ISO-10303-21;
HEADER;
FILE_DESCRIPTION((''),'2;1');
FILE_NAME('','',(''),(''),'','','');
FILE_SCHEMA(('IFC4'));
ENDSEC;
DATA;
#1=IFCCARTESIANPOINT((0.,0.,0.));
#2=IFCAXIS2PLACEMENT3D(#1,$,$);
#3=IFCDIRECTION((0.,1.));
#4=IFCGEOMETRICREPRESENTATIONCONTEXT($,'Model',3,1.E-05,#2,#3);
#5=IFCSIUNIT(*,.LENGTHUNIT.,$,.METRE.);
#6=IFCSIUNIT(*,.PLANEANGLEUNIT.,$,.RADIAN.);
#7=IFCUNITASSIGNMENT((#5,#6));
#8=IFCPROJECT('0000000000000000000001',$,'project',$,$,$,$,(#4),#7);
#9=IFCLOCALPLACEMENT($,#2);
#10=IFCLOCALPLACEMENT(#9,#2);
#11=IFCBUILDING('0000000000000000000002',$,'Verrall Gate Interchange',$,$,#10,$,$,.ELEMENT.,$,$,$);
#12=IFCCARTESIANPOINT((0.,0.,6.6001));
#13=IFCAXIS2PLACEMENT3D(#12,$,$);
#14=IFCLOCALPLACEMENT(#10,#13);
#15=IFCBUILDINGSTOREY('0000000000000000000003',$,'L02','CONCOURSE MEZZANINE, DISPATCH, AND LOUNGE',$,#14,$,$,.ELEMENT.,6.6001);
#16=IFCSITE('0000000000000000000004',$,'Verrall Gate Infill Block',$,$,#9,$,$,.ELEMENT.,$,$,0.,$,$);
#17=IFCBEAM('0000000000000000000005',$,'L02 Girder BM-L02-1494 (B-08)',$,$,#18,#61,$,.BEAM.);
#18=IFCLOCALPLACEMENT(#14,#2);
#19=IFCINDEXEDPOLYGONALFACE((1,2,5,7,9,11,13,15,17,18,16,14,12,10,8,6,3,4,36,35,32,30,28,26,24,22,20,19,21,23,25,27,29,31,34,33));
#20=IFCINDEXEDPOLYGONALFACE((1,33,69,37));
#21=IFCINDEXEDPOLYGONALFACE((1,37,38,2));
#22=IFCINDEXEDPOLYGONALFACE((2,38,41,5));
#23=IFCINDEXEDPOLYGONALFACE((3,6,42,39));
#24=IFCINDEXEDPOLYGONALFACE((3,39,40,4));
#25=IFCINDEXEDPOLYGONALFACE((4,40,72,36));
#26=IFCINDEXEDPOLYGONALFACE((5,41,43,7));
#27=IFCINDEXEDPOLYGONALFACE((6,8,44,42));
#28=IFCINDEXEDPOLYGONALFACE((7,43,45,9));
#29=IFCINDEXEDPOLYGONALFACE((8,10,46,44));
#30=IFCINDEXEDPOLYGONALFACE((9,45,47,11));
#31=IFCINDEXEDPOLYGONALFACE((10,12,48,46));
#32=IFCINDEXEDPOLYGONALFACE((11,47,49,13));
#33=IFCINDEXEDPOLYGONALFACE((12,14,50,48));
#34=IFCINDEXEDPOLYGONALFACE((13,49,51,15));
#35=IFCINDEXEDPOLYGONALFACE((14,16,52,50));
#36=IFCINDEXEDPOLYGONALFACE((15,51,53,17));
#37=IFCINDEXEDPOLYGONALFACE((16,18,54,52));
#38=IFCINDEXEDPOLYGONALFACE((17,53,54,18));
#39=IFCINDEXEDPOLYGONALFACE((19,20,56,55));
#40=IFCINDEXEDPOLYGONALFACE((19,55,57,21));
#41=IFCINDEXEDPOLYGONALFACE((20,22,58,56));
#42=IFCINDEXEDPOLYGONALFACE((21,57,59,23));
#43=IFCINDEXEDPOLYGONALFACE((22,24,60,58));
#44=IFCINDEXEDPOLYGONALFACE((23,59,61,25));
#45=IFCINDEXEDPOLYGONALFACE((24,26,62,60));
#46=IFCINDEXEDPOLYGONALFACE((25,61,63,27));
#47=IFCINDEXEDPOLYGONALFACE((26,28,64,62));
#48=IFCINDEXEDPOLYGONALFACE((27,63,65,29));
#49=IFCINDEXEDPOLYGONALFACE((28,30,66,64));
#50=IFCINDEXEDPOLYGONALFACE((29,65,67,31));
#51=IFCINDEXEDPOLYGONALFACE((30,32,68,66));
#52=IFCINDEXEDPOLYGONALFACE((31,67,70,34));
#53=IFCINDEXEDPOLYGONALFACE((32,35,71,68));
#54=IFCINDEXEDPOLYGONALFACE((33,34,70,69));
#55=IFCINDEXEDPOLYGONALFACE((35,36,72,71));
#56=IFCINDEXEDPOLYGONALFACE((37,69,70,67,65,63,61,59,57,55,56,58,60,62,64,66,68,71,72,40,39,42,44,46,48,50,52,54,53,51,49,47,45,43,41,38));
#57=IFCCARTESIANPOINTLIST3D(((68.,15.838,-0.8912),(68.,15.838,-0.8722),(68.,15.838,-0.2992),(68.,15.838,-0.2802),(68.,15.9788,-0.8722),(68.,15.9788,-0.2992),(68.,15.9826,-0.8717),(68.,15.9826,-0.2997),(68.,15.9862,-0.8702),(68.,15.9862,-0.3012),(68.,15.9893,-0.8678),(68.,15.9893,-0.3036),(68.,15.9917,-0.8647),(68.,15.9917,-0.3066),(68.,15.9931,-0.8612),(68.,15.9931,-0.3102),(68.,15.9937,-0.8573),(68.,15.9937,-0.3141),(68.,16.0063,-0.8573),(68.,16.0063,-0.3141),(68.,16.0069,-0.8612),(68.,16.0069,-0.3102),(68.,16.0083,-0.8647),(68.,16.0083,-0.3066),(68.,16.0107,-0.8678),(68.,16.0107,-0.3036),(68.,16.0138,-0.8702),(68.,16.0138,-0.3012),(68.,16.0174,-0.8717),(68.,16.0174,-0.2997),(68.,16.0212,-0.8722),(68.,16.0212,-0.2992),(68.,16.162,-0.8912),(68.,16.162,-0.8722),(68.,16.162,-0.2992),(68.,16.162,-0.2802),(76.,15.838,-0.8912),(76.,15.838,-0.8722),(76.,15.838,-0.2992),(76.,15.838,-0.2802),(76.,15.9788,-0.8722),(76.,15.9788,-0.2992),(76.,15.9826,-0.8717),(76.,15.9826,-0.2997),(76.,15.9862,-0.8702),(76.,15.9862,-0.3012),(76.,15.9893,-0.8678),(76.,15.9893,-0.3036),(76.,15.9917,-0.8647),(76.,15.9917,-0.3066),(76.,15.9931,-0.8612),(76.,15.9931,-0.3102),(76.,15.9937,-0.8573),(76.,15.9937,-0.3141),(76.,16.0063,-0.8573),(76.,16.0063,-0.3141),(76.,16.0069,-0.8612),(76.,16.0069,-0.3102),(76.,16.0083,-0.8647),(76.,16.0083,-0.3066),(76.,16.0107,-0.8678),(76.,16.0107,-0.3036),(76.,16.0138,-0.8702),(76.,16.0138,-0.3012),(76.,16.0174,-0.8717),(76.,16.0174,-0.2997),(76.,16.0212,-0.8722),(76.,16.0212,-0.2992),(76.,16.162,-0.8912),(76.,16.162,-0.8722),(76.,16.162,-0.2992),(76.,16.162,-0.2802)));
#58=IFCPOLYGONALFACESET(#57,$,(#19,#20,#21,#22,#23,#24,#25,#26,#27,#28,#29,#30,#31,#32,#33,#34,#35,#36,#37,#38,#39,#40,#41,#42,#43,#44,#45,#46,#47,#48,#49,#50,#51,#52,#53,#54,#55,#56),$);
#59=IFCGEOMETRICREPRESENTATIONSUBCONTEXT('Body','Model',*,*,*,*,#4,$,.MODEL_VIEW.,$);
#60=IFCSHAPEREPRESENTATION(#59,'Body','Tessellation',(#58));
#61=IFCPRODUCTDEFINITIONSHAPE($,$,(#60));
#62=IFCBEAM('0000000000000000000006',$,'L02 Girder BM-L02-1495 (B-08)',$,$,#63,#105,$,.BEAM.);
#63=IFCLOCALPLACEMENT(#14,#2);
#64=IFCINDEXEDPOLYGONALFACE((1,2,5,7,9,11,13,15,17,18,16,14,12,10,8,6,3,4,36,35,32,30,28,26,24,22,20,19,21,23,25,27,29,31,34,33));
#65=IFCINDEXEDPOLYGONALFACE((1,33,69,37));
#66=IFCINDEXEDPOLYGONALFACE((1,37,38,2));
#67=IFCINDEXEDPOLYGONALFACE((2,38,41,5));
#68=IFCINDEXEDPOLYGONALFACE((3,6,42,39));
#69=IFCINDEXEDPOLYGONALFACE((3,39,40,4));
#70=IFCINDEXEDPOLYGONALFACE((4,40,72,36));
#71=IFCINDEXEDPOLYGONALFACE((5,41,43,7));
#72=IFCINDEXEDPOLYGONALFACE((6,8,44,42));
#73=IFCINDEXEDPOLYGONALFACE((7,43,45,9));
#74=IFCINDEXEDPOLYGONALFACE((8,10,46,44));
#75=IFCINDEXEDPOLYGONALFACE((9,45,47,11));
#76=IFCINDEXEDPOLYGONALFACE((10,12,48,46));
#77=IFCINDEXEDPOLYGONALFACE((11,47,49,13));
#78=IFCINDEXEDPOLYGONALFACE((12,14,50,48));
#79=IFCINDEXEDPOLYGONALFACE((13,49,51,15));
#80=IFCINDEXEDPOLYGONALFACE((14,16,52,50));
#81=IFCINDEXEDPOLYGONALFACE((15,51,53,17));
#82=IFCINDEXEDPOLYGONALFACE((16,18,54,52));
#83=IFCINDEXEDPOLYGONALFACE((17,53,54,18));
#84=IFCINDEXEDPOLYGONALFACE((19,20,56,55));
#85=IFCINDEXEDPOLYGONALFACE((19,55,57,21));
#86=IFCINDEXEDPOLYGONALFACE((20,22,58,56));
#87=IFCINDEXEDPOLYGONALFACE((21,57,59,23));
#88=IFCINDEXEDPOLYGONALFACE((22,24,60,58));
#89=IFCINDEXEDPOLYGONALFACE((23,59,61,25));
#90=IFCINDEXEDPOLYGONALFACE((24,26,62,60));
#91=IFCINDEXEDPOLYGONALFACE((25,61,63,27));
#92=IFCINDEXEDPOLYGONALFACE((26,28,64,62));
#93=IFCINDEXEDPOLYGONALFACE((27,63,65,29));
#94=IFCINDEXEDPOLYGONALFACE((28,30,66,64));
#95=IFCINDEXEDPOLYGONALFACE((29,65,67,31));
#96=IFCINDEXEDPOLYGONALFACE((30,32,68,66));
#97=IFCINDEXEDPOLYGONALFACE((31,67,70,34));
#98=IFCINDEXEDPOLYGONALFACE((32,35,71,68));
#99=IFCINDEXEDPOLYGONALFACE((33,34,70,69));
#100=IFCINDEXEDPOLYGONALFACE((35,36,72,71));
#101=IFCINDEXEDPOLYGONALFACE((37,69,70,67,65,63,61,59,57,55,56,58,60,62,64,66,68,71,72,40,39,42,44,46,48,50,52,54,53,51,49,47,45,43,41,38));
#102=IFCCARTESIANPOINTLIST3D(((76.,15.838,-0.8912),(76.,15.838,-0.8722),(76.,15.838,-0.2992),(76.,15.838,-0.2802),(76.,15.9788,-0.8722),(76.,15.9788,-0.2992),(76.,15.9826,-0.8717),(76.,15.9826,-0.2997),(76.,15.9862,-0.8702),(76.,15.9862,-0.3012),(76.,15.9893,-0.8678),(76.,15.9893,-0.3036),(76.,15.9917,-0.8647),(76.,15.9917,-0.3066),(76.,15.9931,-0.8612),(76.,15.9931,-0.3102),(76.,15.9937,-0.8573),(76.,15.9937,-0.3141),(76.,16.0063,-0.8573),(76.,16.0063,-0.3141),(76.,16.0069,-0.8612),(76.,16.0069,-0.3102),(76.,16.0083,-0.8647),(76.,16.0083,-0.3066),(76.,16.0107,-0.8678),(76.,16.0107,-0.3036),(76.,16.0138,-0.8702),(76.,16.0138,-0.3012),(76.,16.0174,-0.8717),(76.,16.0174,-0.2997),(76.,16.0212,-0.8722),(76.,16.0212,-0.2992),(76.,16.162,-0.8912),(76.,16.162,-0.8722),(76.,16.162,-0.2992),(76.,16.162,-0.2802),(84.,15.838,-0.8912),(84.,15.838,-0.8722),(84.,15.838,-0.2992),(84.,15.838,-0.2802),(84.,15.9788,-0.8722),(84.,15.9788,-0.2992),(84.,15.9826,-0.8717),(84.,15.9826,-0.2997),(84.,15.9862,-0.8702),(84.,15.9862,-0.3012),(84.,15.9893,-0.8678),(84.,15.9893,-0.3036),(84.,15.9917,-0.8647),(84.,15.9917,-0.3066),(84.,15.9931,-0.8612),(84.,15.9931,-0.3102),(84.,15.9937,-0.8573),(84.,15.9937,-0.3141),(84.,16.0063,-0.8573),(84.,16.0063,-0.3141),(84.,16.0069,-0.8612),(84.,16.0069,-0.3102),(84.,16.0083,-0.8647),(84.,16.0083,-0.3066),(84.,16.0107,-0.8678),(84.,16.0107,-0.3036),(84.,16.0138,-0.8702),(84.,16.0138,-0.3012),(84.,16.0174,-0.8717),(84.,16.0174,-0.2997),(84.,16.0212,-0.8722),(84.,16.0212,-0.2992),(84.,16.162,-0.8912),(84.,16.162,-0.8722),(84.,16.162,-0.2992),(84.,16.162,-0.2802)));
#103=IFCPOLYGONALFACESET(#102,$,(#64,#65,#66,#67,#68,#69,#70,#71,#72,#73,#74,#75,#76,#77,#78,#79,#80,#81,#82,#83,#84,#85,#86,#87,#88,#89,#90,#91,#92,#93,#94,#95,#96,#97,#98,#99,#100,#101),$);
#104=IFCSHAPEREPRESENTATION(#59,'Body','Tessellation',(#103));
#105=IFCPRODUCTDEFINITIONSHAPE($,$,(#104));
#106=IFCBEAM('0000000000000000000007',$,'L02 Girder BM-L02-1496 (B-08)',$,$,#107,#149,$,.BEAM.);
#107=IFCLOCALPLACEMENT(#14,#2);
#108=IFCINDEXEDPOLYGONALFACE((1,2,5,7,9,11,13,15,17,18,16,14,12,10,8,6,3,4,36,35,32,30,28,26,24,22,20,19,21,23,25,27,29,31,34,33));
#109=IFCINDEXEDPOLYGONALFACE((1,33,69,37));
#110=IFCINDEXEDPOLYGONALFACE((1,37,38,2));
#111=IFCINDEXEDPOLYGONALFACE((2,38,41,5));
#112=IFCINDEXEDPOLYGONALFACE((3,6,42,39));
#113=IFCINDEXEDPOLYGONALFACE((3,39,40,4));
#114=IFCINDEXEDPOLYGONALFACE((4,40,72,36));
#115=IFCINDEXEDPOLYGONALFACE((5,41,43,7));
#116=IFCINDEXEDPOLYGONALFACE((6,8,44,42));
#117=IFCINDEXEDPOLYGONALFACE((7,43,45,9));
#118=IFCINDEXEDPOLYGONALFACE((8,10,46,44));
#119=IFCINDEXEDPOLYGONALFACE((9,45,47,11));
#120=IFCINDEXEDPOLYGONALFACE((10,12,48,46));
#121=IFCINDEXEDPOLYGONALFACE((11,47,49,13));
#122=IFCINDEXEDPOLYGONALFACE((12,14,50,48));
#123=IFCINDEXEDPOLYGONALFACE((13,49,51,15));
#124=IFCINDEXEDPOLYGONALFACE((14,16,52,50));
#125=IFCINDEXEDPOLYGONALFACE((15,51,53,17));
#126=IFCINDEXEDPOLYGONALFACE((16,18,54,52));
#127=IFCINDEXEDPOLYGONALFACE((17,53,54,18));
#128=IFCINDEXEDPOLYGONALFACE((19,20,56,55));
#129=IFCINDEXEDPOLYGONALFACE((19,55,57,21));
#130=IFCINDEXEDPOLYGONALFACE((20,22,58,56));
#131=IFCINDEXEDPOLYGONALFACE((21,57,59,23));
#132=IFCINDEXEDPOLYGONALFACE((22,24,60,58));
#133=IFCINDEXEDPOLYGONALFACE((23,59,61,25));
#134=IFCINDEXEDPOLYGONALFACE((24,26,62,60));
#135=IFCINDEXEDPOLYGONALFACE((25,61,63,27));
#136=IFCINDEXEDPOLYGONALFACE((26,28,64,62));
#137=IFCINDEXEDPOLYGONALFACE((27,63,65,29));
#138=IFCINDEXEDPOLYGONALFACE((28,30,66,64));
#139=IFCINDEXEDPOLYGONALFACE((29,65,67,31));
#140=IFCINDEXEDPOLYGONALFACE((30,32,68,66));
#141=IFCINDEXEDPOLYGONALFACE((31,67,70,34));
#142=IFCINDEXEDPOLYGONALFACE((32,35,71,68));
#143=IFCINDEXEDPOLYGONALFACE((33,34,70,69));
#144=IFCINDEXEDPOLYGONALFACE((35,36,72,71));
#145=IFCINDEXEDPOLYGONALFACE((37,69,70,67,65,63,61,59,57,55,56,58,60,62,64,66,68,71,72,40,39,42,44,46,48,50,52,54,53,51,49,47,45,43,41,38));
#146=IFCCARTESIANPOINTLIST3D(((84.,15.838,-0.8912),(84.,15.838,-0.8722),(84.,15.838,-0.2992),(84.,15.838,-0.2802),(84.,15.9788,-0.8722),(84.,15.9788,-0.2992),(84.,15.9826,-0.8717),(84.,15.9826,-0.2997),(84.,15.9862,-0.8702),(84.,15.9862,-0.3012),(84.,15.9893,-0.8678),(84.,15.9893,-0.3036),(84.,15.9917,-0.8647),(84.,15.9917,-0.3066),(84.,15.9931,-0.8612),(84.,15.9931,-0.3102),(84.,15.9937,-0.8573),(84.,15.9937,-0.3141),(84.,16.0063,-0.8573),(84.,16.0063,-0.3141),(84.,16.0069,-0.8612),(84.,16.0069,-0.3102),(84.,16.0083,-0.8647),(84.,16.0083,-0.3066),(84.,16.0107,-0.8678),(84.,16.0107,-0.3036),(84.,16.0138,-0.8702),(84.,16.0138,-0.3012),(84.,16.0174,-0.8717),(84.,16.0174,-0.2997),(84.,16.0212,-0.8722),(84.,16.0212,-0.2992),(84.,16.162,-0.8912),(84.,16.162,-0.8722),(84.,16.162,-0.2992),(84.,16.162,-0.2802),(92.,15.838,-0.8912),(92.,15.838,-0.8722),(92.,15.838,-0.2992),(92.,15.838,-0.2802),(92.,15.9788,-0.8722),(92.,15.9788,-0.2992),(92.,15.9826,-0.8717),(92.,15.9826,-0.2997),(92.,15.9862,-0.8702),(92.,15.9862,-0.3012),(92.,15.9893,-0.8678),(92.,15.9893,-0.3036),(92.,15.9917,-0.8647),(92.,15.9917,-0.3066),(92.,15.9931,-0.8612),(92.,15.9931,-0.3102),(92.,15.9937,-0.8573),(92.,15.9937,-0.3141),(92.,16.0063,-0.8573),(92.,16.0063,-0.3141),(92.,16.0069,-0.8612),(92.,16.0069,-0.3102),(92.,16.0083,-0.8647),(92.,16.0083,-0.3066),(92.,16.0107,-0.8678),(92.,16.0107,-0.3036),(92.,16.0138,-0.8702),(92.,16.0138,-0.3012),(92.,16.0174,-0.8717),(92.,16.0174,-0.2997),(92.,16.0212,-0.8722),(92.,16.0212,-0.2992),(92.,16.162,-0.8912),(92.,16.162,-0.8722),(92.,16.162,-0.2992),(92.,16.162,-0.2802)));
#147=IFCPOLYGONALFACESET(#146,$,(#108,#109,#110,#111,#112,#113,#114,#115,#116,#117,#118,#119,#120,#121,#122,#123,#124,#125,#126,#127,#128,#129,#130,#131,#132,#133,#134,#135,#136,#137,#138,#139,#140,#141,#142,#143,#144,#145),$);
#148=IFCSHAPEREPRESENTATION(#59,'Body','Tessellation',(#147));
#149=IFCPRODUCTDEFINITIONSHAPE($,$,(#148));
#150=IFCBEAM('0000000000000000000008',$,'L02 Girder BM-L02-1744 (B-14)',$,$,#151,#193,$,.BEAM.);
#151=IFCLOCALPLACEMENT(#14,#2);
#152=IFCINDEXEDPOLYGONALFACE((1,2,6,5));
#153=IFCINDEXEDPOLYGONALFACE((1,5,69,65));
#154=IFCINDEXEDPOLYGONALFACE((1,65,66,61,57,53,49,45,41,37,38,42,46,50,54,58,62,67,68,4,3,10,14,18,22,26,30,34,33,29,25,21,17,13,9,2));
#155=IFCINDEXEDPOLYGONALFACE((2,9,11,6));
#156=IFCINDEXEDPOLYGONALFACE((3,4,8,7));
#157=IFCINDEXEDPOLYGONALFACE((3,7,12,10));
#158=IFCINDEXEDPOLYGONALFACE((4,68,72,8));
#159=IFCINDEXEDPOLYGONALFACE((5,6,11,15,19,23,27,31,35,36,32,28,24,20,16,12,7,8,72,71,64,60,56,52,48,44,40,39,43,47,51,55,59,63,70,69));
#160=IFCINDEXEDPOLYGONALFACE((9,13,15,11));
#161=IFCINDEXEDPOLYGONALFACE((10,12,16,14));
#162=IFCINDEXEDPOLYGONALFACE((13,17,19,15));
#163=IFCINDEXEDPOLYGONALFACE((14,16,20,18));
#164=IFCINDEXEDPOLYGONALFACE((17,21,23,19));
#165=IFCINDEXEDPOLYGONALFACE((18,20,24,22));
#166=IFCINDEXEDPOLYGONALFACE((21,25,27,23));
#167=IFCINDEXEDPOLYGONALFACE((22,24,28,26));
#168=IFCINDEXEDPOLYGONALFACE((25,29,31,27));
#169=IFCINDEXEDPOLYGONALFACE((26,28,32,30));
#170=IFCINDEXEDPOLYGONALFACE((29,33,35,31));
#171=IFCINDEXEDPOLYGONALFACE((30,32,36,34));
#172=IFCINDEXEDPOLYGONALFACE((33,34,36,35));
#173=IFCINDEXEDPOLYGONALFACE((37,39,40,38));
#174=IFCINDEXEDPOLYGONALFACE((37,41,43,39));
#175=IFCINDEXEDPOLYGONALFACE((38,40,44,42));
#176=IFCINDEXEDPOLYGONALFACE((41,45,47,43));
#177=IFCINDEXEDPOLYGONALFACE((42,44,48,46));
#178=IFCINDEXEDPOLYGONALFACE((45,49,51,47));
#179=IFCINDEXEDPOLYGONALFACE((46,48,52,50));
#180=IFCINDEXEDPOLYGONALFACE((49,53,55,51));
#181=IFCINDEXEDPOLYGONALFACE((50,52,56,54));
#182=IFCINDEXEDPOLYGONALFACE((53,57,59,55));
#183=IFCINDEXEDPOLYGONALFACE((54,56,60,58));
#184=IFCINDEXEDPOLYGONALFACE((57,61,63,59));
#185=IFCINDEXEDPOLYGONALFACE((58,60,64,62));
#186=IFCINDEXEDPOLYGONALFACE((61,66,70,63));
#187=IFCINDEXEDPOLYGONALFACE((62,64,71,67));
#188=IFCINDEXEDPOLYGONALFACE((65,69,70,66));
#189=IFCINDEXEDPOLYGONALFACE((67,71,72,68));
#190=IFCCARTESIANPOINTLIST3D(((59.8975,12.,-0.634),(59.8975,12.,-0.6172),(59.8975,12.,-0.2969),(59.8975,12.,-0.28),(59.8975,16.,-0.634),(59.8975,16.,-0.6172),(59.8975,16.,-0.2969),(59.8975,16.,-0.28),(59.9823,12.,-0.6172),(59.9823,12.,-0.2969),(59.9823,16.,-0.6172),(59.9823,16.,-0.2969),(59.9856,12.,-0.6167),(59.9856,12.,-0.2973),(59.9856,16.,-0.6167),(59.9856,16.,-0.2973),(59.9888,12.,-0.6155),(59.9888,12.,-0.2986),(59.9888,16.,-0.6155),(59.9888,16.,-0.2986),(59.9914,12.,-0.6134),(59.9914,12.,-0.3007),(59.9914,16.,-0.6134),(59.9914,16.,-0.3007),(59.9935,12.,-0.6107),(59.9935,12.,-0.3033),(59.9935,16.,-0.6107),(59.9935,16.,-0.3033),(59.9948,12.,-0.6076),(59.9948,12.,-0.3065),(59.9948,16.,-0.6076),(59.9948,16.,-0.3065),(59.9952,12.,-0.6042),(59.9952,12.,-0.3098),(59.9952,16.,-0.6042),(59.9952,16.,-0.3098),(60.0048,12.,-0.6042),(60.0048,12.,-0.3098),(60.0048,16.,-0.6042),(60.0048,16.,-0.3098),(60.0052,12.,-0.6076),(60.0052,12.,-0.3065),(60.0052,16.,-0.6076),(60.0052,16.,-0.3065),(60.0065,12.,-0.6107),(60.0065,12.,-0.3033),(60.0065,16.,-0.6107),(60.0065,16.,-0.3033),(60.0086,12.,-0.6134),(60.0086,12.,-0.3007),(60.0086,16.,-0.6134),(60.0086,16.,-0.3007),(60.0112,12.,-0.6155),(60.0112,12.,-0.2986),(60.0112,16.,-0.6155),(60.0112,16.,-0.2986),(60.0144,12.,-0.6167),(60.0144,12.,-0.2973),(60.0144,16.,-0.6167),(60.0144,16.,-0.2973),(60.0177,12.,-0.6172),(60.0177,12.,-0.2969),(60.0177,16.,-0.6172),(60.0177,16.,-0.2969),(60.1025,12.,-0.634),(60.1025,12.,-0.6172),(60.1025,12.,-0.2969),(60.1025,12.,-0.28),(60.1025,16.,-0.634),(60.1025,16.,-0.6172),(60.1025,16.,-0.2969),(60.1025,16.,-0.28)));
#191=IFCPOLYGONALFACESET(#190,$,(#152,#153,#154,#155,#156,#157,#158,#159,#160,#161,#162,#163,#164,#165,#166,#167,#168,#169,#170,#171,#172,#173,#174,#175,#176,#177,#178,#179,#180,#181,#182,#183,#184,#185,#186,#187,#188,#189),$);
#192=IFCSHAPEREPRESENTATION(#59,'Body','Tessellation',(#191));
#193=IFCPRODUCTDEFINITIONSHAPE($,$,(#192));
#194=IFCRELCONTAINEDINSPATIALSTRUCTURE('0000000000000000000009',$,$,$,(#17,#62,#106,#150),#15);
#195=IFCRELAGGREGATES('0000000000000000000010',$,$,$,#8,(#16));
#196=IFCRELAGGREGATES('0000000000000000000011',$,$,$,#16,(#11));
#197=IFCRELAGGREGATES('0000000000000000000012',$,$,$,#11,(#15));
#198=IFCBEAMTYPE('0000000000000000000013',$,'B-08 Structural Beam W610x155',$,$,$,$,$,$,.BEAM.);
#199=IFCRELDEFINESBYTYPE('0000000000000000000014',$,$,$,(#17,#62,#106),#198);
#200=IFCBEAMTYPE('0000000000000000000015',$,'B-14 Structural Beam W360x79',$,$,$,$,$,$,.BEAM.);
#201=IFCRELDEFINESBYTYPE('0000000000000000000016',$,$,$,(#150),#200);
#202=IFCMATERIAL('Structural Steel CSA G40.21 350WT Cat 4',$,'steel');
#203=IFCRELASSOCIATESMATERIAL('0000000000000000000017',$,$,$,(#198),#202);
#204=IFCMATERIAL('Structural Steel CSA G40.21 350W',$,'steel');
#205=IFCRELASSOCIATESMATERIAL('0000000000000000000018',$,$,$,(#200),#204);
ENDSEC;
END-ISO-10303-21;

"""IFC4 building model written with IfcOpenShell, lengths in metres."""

from ifc_helpers import new_model, si_unit, direction, frame, origin, origin_2d, place, context, subcontext, project, spatial, i_section, extrude, material, material_profile, profile_set, type_object, element, save


model = new_model("IFC4")

# Units and contexts
model_context = context("Model", 3, precision=1e-05, world=origin(), true_north=direction((0.0, 1.0)))
body_context = subcontext(model_context, "Body", "Model", "MODEL_VIEW")
ifc_project = project(units=[si_unit("LENGTHUNIT", "METRE"), si_unit("PLANEANGLEUNIT", "RADIAN")], contexts=[model_context])

# Site, building, storey
site_placement = place(None, origin())
site = spatial("IfcSite", under=ifc_project, at=site_placement, Name="Verrall Gate Infill Block", CompositionType="ELEMENT", RefElevation=0.0)
building_placement = place(site_placement, origin())
building = spatial("IfcBuilding", under=site, at=building_placement, Name="Verrall Gate Interchange", CompositionType="ELEMENT")
storey_placement = place(building_placement, frame((0.0, 0.0, 6.6001)))
storey = spatial("IfcBuildingStorey", under=building, at=storey_placement, Name="L02", Description="CONCOURSE MEZZANINE, DISPATCH, AND LOUNGE", CompositionType="ELEMENT", Elevation=6.6001)

# Beams
ifc_material_1 = material(Name="Structural Steel CSA G40.21 350WT Cat 4", Category="steel")
ifc_material_profile_1 = material_profile(ifc_material_1, i_section(OverallWidth=0.324, OverallDepth=0.6111, WebThickness=0.0127, FlangeThickness=0.019, FilletRadius=0.0149, at=origin_2d()), Name="W610x155")
ifc_profile_set_1 = profile_set([ifc_material_profile_1], Name="Structural Steel CSA G40.21 350WT Cat 4")
beam_type_1 = type_object("IfcBeamType", Name="B-08 Structural Beam W610x155", PredefinedType="BEAM", material=ifc_profile_set_1)
for number, where, z_axis, x_axis, name in (
    (1, (68.0, 16.0, -0.5857), (1.0, 0.0, 0.0), (0.0, 1.0, 0.0), "L02 Girder BM-L02-1494 (B-08)"),
    (2, (76.0, 16.0, -0.5857), (1.0, 0.0, 0.0), (0.0, 1.0, 0.0), "L02 Girder BM-L02-1495 (B-08)"),
    (3, (84.0, 16.0, -0.5857), (1.0, 0.0, 0.0), (0.0, 1.0, 0.0), "L02 Girder BM-L02-1496 (B-08)"),
):
    element("IfcBeam", number, at=place(storey_placement, frame(where, z_axis=z_axis, x_axis=x_axis)), inside=storey, type_object=beam_type_1, Name=name, PredefinedType="BEAM", context=body_context, shape_type="SweptSolid", body=[
        extrude(i_section(OverallWidth=0.324, OverallDepth=0.6111, WebThickness=0.0127, FlangeThickness=0.019, FilletRadius=0.0149, at=origin_2d()), origin(), (0.0, 0.0, 1.0), 8.0),
    ])
ifc_material_2 = material(Name="Structural Steel CSA G40.21 350W", Category="steel")
ifc_material_profile_2 = material_profile(ifc_material_2, i_section(OverallWidth=0.2051, OverallDepth=0.354, WebThickness=0.0095, FlangeThickness=0.0168, FilletRadius=0.0129, at=origin_2d()), Name="W360x79")
ifc_profile_set_2 = profile_set([ifc_material_profile_2], Name="Structural Steel CSA G40.21 350W")
beam_type_2 = type_object("IfcBeamType", Name="B-14 Structural Beam W360x79", PredefinedType="BEAM", material=ifc_profile_set_2)
for number, where, z_axis, x_axis, name in (
    (4, (60.0, 12.0, -0.457), (0.0, 1.0, 0.0), (-1.0, 0.0, 0.0), "L02 Girder BM-L02-1744 (B-14)"),
):
    element("IfcBeam", number, at=place(storey_placement, frame(where, z_axis=z_axis, x_axis=x_axis)), inside=storey, type_object=beam_type_2, Name=name, PredefinedType="BEAM", context=body_context, shape_type="SweptSolid", body=[
        extrude(i_section(OverallWidth=0.2051, OverallDepth=0.354, WebThickness=0.0095, FlangeThickness=0.0168, FilletRadius=0.0129, at=origin_2d()), origin(), (0.0, 0.0, 1.0), 4.0),
    ])

save(model, "model.ifc")
